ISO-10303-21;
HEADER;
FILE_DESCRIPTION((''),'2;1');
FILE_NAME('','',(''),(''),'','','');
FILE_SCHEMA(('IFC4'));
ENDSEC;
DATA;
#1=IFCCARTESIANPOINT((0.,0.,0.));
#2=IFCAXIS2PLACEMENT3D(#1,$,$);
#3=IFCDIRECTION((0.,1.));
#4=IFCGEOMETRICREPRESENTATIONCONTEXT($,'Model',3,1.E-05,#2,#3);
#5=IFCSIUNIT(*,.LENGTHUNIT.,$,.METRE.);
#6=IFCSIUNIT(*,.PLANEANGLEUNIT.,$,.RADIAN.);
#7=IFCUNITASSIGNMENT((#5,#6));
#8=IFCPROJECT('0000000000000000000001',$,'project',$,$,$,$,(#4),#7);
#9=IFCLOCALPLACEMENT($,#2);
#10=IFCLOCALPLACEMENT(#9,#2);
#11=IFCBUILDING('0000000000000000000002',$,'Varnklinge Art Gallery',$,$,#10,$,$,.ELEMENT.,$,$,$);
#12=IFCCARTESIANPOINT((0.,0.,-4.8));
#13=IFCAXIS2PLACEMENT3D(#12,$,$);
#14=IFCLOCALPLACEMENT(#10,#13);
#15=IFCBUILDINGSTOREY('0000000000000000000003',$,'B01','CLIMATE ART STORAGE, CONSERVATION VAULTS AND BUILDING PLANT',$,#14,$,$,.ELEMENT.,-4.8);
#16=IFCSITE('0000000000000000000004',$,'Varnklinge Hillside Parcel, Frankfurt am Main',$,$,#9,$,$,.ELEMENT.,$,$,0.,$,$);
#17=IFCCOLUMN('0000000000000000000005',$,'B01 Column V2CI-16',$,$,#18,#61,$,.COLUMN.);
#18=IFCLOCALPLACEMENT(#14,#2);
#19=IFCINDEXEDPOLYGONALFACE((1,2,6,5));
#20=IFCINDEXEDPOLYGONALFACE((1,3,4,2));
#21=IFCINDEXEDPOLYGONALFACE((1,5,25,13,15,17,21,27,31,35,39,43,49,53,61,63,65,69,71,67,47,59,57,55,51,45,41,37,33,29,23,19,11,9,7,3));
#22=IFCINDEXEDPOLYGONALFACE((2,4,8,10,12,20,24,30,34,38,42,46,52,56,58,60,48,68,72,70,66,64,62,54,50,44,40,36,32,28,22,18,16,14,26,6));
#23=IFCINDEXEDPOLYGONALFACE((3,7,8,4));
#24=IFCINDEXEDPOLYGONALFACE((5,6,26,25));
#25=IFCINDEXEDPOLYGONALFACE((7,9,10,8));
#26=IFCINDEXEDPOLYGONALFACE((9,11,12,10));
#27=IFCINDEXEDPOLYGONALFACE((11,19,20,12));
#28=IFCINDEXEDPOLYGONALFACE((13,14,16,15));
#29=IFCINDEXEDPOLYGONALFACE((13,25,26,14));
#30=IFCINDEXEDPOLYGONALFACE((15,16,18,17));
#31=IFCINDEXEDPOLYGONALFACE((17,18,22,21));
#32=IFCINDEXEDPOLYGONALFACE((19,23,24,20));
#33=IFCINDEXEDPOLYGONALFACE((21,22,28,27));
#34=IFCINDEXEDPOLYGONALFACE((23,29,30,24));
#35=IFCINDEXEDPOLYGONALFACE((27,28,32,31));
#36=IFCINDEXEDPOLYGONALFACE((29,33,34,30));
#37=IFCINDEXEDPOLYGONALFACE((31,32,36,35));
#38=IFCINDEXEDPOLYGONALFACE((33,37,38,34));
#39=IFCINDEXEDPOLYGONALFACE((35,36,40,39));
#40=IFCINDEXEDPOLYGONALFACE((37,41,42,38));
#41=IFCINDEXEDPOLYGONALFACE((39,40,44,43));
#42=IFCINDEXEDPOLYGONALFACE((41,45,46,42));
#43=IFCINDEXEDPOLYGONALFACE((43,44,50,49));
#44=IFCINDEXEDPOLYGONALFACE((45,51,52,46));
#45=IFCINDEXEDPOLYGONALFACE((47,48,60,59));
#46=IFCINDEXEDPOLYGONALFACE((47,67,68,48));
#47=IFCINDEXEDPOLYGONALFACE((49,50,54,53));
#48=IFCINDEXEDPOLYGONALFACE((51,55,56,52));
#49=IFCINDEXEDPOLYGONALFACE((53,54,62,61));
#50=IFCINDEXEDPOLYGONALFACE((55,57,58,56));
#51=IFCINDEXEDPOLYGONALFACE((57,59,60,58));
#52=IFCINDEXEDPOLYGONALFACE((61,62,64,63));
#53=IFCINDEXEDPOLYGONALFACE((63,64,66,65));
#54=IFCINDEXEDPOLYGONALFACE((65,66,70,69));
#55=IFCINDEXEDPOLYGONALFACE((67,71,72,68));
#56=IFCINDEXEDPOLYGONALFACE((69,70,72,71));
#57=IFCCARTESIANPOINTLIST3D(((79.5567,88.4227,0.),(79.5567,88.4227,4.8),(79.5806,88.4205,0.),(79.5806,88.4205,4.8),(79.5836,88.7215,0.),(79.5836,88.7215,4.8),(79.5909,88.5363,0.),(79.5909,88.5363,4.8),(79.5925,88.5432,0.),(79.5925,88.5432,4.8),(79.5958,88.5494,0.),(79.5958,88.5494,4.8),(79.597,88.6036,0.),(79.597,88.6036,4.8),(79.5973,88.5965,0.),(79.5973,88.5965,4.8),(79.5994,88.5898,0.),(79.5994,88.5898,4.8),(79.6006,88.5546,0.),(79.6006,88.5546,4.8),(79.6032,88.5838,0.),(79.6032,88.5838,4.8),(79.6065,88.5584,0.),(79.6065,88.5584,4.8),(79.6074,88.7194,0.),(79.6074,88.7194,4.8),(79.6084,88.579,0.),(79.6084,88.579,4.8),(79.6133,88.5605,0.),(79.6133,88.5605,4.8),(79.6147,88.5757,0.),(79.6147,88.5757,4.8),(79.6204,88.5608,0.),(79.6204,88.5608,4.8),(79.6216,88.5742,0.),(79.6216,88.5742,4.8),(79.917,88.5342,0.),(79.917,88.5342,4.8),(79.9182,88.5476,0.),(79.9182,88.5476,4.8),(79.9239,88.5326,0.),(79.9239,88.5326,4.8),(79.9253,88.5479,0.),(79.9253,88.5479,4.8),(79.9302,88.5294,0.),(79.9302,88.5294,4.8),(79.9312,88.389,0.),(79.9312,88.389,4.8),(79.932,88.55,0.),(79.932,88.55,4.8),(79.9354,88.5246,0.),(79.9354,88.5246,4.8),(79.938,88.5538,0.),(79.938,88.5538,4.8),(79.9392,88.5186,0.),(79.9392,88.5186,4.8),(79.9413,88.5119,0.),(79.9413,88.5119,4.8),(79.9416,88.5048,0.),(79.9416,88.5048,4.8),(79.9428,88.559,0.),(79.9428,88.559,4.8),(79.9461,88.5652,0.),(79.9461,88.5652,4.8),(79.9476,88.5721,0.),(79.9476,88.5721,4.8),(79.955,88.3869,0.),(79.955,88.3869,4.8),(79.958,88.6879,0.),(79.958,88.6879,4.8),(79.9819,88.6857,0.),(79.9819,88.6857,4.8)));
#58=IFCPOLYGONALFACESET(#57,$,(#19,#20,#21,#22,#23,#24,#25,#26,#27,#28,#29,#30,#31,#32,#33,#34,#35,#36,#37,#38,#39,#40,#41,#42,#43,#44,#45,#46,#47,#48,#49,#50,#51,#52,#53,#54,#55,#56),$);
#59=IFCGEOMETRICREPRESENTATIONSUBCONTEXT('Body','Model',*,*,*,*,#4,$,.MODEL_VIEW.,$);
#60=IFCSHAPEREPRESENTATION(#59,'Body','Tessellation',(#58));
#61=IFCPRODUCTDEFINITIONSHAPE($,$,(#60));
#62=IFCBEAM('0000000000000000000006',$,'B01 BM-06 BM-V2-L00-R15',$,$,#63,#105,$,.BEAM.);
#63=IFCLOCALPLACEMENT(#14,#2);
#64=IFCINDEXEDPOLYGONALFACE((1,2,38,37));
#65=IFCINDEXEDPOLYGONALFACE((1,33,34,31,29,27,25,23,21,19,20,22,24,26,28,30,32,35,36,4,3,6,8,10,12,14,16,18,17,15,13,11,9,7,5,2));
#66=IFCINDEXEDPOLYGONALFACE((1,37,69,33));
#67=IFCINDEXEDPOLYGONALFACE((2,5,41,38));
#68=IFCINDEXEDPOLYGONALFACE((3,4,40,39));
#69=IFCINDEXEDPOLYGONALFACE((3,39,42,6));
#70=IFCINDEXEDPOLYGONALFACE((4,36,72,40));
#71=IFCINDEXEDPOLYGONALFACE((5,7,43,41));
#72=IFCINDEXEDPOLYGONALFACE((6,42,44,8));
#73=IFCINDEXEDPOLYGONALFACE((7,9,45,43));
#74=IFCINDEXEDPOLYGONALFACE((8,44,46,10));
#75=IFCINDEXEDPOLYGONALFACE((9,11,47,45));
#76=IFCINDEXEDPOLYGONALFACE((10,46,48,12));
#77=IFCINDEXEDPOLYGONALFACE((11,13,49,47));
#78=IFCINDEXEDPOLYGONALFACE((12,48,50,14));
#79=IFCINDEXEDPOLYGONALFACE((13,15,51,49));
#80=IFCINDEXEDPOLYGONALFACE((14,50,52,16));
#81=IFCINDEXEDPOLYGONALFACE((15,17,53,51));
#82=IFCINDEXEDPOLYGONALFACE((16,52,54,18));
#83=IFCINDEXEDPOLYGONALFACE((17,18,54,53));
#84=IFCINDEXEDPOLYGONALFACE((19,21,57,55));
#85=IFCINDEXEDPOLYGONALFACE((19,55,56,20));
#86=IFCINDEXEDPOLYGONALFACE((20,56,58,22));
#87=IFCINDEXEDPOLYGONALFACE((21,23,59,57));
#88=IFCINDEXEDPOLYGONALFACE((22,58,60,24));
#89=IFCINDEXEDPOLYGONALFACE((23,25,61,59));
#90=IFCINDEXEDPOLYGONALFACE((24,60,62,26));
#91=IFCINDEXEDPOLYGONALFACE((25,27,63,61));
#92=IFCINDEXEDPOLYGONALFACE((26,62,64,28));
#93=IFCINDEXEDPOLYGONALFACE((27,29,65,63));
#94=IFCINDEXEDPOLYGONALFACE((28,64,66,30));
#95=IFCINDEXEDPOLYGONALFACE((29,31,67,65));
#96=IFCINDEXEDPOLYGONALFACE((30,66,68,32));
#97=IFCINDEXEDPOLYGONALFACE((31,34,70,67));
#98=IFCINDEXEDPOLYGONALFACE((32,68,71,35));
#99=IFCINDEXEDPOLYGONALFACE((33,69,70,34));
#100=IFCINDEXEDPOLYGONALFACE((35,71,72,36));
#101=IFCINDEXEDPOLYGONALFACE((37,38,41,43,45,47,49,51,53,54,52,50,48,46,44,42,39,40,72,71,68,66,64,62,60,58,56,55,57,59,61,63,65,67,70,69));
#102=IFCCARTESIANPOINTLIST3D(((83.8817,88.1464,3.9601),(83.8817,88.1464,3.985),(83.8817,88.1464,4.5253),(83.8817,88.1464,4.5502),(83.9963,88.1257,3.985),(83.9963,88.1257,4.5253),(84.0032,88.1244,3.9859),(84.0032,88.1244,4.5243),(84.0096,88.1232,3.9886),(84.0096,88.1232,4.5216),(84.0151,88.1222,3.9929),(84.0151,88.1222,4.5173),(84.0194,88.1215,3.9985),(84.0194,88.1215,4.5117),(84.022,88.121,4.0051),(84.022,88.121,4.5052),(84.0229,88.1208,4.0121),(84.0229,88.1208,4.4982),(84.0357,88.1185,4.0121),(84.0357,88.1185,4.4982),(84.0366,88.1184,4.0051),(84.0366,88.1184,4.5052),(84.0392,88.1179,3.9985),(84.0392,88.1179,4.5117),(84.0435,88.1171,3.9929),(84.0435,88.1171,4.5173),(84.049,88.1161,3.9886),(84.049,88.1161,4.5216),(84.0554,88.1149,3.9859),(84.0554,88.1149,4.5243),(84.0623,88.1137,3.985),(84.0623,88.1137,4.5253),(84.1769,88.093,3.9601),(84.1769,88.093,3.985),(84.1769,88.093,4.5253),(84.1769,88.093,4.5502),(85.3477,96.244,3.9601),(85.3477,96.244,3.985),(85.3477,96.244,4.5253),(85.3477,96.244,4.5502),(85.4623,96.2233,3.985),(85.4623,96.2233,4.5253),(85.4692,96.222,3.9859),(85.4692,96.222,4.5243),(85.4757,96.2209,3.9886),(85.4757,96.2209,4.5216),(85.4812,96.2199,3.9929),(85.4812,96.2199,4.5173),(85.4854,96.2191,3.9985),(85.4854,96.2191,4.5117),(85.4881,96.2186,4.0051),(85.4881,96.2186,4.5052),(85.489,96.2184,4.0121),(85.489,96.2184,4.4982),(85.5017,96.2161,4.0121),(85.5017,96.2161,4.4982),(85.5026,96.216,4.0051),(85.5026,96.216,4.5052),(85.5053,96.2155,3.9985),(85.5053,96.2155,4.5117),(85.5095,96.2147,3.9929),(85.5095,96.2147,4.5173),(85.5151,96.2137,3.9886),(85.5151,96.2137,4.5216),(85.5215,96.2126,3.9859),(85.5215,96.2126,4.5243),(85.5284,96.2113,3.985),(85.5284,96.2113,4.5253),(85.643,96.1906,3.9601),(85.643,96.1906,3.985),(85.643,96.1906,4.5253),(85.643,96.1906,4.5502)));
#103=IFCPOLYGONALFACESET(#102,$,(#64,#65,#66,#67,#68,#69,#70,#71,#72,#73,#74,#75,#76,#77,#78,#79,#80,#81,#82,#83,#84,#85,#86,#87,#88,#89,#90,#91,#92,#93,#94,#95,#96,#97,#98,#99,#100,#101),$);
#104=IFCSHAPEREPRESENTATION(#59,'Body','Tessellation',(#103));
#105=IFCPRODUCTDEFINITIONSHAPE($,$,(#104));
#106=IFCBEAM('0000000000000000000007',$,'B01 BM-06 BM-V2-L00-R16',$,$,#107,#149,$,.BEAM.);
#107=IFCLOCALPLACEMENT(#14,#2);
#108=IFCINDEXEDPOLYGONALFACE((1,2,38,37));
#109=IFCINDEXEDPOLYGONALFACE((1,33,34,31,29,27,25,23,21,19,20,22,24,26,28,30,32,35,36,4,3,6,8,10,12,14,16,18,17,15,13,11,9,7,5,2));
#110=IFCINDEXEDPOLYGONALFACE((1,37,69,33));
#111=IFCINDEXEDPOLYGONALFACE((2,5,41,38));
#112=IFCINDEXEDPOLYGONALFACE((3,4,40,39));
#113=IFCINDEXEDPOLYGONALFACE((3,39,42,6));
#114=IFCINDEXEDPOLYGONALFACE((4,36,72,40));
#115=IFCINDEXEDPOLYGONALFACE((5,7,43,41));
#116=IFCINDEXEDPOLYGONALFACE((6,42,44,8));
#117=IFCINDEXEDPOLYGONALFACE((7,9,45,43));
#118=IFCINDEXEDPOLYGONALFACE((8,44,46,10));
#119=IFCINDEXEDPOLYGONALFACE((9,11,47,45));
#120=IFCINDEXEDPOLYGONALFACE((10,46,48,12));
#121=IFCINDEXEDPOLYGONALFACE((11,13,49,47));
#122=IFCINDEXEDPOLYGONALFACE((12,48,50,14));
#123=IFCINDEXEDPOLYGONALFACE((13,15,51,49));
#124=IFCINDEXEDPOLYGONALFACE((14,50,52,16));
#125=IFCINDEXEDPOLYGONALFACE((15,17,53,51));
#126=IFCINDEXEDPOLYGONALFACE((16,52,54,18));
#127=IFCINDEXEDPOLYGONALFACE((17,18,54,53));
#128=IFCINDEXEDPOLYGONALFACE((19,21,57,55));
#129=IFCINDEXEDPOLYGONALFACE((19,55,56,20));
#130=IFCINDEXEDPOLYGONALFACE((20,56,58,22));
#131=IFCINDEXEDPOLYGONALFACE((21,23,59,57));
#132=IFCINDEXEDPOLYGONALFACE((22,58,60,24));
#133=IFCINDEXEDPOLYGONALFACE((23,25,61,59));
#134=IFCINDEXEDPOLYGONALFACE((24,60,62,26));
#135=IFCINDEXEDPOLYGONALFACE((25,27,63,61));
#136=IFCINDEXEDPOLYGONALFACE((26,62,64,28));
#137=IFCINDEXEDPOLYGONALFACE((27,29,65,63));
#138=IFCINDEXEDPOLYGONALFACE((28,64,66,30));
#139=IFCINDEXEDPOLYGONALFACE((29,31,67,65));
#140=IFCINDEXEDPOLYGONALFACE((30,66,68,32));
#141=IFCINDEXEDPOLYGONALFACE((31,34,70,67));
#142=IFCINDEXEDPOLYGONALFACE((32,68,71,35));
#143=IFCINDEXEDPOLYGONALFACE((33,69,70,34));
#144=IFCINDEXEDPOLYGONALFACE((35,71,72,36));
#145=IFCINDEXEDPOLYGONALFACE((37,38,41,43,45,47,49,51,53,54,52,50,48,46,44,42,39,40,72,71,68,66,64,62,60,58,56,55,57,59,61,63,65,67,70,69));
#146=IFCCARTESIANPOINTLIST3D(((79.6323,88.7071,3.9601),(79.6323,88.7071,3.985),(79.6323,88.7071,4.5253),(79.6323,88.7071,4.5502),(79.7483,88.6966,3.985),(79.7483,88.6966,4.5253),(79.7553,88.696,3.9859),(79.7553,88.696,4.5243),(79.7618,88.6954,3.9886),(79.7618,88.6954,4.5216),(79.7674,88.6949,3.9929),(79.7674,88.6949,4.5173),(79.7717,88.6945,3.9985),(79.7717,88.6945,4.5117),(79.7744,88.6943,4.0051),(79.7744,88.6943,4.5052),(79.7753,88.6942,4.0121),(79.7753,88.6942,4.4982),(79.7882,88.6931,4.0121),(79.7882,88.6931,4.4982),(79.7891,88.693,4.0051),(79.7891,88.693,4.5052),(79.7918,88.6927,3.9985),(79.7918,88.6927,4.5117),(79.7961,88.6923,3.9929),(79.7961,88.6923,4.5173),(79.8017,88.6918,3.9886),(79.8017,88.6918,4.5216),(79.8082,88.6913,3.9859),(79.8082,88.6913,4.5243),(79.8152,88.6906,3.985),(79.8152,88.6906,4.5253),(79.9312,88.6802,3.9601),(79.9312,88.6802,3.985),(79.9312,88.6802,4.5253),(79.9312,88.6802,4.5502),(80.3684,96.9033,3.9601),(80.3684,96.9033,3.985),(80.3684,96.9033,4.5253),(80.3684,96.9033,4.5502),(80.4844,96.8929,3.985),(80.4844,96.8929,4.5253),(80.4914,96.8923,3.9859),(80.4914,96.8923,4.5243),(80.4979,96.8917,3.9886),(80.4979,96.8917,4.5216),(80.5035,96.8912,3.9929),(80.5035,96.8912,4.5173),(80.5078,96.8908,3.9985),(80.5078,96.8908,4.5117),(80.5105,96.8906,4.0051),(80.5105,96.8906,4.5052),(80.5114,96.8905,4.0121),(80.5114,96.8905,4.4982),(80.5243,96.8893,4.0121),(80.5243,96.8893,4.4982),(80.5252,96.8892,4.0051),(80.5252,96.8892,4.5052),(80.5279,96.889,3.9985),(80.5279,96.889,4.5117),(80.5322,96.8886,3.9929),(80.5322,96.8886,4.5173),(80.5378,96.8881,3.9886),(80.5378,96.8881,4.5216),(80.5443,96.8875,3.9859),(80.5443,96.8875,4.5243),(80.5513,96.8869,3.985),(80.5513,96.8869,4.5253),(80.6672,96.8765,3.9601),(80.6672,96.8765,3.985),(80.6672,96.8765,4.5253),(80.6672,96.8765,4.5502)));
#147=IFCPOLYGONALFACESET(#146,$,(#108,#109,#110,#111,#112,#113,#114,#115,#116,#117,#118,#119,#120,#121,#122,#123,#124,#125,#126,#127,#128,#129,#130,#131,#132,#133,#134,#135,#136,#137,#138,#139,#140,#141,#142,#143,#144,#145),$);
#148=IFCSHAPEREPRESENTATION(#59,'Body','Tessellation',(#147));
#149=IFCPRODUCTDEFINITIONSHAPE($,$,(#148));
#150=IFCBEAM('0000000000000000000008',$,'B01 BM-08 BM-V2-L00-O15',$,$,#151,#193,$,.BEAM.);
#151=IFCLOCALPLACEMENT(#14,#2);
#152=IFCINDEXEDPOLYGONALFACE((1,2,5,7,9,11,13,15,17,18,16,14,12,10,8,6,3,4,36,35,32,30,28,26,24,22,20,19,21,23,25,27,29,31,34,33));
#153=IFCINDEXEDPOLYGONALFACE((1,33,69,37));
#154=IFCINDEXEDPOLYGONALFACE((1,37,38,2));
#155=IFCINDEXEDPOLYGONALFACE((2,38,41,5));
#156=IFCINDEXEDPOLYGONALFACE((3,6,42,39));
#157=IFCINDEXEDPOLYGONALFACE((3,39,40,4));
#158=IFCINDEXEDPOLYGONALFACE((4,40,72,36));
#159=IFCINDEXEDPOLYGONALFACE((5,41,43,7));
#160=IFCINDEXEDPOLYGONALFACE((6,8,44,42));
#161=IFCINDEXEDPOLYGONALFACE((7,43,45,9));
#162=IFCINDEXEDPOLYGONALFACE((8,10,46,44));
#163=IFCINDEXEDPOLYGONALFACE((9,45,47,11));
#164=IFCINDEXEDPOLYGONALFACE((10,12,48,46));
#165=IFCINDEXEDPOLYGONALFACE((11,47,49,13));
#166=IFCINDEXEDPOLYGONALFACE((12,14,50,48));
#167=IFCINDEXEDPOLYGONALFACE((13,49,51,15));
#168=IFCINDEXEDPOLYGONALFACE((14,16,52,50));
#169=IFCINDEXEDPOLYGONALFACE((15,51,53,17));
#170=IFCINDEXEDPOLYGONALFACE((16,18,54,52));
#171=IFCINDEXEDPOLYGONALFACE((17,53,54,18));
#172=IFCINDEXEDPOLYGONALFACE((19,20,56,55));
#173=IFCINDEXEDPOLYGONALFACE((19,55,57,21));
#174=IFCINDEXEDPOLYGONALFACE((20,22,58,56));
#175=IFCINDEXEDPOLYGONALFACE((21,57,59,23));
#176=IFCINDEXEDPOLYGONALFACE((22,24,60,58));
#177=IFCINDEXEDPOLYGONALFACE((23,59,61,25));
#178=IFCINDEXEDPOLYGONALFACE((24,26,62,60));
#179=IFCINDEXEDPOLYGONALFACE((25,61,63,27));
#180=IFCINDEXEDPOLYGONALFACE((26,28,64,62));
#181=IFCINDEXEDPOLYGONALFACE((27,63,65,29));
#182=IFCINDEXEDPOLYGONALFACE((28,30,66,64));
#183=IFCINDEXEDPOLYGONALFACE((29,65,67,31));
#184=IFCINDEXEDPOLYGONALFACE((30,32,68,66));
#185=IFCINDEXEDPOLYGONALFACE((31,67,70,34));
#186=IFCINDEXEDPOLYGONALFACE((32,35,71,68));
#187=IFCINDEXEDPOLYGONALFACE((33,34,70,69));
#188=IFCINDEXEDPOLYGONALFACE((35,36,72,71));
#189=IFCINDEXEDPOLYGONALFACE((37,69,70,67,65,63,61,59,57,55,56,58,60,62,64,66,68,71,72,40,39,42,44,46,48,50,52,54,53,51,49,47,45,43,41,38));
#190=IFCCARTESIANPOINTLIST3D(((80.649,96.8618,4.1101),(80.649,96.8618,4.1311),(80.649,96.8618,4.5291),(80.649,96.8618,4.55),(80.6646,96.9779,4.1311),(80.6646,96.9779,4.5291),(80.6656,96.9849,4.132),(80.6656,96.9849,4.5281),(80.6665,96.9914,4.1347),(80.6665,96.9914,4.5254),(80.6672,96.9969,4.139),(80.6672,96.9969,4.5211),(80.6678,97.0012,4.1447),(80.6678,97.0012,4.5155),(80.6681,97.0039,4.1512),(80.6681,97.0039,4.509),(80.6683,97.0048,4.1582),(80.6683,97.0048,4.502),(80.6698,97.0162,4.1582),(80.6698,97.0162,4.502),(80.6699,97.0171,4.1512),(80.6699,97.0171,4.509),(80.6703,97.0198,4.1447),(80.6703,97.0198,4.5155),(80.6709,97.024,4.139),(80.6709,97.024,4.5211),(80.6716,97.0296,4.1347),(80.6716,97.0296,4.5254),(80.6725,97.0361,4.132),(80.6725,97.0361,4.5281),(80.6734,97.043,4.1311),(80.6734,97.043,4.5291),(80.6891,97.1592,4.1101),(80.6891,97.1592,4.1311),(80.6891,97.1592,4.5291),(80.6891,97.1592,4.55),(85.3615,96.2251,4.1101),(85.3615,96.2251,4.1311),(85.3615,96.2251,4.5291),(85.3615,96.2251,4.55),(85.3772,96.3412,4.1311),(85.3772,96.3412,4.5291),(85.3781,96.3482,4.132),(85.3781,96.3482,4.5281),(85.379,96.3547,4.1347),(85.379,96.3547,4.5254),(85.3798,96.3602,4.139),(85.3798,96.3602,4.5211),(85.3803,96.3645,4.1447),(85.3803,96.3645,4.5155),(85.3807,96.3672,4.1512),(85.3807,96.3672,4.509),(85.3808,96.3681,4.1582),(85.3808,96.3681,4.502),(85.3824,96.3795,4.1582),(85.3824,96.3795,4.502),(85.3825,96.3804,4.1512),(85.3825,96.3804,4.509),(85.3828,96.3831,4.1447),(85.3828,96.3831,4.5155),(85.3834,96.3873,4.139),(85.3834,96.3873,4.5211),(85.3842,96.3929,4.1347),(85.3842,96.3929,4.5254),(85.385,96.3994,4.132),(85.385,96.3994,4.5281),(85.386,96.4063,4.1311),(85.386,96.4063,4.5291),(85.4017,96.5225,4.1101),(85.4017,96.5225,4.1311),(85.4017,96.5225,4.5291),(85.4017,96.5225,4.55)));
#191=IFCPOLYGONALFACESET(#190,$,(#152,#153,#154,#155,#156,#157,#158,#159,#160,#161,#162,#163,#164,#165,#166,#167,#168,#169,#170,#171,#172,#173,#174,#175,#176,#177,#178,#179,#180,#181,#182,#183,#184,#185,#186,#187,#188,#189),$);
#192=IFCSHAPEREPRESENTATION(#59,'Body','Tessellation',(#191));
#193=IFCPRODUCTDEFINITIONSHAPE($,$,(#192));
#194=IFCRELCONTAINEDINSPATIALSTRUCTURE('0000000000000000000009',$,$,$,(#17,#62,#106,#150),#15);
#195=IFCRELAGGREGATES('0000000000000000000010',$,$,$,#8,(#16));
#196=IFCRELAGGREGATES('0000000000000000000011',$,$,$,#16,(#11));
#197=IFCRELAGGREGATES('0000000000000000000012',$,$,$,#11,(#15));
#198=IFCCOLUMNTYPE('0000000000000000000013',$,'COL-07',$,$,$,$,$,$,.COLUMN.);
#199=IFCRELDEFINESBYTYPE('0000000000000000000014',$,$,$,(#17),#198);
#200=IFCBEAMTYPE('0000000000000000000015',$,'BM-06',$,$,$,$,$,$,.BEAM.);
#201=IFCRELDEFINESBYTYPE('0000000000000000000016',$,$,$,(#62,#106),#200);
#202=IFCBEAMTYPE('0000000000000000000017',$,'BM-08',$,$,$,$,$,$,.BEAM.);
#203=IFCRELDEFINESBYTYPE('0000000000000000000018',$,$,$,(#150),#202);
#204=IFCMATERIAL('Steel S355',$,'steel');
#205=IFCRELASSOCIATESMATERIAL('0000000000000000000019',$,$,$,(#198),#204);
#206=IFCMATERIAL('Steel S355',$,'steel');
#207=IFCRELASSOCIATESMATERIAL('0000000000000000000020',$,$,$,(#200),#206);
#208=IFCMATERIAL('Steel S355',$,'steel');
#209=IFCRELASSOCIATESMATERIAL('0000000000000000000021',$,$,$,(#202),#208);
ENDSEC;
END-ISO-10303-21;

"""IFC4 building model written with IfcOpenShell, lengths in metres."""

from ifc_helpers import new_model, si_unit, direction, frame, origin, origin_2d, place, context, subcontext, project, spatial, i_section, extrude, material, material_profile, profile_set, type_object, element, save


model = new_model("IFC4")

# Units and contexts
model_context = context("Model", 3, precision=1e-05, world=origin(), true_north=direction((0.0, 1.0)))
body_context = subcontext(model_context, "Body", "Model", "MODEL_VIEW")
ifc_project = project(units=[si_unit("LENGTHUNIT", "METRE"), si_unit("PLANEANGLEUNIT", "RADIAN")], contexts=[model_context])

# Site, building, storey
site_placement = place(None, origin())
site = spatial("IfcSite", under=ifc_project, at=site_placement, Name="Varnklinge Hillside Parcel, Frankfurt am Main", CompositionType="ELEMENT", RefElevation=0.0)
building_placement = place(site_placement, origin())
building = spatial("IfcBuilding", under=site, at=building_placement, Name="Varnklinge Art Gallery", CompositionType="ELEMENT")
storey_placement = place(building_placement, frame((0.0, 0.0, -4.8)))
storey = spatial("IfcBuildingStorey", under=building, at=storey_placement, Name="B01", Description="CLIMATE ART STORAGE, CONSERVATION VAULTS AND BUILDING PLANT", CompositionType="ELEMENT", Elevation=-4.8)

# Column
ifc_material_1 = material(Name="Steel S355", Category="steel")
ifc_material_profile_1 = material_profile(ifc_material_1, i_section(OverallWidth=0.3, OverallDepth=0.3999, WebThickness=0.0134, FlangeThickness=0.0239, FilletRadius=0.0271, at=origin_2d()), Name="HEB 400")
ifc_profile_set_1 = profile_set([ifc_material_profile_1], Name="Steel S355")
column_type_1 = type_object("IfcColumnType", Name="COL-07", PredefinedType="COLUMN", material=ifc_profile_set_1)
for number, where, z_axis, x_axis, name in (
    (1, (79.7693, 88.5542, 0.0), (0.0, 0.0, 1.0), (-0.089416, -0.995994, 0.0), "B01 Column V2CI-16"),
):
    element("IfcColumn", number, at=place(storey_placement, frame(where, z_axis=z_axis, x_axis=x_axis)), inside=storey, type_object=column_type_1, Name=name, PredefinedType="COLUMN", context=body_context, shape_type="SweptSolid", body=[
        extrude(i_section(OverallWidth=0.3, OverallDepth=0.3999, WebThickness=0.0134, FlangeThickness=0.0239, FilletRadius=0.0271, at=origin_2d()), origin(), (0.0, 0.0, 1.0), 4.8),
    ])

# Beams
ifc_material_2 = material(Name="Steel S355", Category="steel")
ifc_material_profile_2 = material_profile(ifc_material_2, i_section(OverallWidth=0.3, OverallDepth=0.5901, WebThickness=0.0129, FlangeThickness=0.0249, FilletRadius=0.0271, at=origin_2d()), Name="HEA 600")
ifc_profile_set_2 = profile_set([ifc_material_profile_2], Name="Steel S355")
beam_type_1 = type_object("IfcBeamType", Name="BM-06", PredefinedType="BEAM", material=ifc_profile_set_2)
for number, where, z_axis, x_axis, name in (
    (2, (85.4954, 96.2173, 4.2551), (-0.178152, -0.984003, 0.0), (0.984003, -0.178152, 0.0), "B01 BM-06 BM-V2-L00-R15"),
    (3, (80.5178, 96.8899, 4.2551), (-0.089447, -0.995992, 0.0), (0.995992, -0.089447, 0.0), "B01 BM-06 BM-V2-L00-R16"),
):
    element("IfcBeam", number, at=place(storey_placement, frame(where, z_axis=z_axis, x_axis=x_axis)), inside=storey, type_object=beam_type_1, Name=name, PredefinedType="BEAM", context=body_context, shape_type="SweptSolid", body=[
        extrude(i_section(OverallWidth=0.3, OverallDepth=0.5901, WebThickness=0.0129, FlangeThickness=0.0249, FilletRadius=0.0271, at=origin_2d()), origin(), (0.0, 0.0, 1.0), 8.2292),
    ])
ifc_material_3 = material(Name="Steel S355", Category="steel")
ifc_material_profile_3 = material_profile(ifc_material_3, i_section(OverallWidth=0.3, OverallDepth=0.4399, WebThickness=0.0115, FlangeThickness=0.021, FilletRadius=0.0271, at=origin_2d()), Name="HEA 450")
ifc_profile_set_3 = profile_set([ifc_material_profile_3], Name="Steel S355")
beam_type_2 = type_object("IfcBeamType", Name="BM-08", PredefinedType="BEAM", material=ifc_profile_set_3)
beam_1_placement = place(storey_placement, frame((85.3816, 96.3738, 4.3301), z_axis=(-0.990996, 0.133892, 0.0), x_axis=(-0.133892, -0.990996, 0.0)))
element("IfcBeam", 4, at=beam_1_placement, inside=storey, type_object=beam_type_2, Name="B01 BM-08 BM-V2-L00-O15", PredefinedType="BEAM", context=body_context, shape_type="SweptSolid", body=[
    extrude(i_section(OverallWidth=0.3, OverallDepth=0.4399, WebThickness=0.0115, FlangeThickness=0.021, FilletRadius=0.0271, at=origin_2d()), origin(), (0.0, 0.0, 1.0), 4.7554),
])

save(model, "model.ifc")
